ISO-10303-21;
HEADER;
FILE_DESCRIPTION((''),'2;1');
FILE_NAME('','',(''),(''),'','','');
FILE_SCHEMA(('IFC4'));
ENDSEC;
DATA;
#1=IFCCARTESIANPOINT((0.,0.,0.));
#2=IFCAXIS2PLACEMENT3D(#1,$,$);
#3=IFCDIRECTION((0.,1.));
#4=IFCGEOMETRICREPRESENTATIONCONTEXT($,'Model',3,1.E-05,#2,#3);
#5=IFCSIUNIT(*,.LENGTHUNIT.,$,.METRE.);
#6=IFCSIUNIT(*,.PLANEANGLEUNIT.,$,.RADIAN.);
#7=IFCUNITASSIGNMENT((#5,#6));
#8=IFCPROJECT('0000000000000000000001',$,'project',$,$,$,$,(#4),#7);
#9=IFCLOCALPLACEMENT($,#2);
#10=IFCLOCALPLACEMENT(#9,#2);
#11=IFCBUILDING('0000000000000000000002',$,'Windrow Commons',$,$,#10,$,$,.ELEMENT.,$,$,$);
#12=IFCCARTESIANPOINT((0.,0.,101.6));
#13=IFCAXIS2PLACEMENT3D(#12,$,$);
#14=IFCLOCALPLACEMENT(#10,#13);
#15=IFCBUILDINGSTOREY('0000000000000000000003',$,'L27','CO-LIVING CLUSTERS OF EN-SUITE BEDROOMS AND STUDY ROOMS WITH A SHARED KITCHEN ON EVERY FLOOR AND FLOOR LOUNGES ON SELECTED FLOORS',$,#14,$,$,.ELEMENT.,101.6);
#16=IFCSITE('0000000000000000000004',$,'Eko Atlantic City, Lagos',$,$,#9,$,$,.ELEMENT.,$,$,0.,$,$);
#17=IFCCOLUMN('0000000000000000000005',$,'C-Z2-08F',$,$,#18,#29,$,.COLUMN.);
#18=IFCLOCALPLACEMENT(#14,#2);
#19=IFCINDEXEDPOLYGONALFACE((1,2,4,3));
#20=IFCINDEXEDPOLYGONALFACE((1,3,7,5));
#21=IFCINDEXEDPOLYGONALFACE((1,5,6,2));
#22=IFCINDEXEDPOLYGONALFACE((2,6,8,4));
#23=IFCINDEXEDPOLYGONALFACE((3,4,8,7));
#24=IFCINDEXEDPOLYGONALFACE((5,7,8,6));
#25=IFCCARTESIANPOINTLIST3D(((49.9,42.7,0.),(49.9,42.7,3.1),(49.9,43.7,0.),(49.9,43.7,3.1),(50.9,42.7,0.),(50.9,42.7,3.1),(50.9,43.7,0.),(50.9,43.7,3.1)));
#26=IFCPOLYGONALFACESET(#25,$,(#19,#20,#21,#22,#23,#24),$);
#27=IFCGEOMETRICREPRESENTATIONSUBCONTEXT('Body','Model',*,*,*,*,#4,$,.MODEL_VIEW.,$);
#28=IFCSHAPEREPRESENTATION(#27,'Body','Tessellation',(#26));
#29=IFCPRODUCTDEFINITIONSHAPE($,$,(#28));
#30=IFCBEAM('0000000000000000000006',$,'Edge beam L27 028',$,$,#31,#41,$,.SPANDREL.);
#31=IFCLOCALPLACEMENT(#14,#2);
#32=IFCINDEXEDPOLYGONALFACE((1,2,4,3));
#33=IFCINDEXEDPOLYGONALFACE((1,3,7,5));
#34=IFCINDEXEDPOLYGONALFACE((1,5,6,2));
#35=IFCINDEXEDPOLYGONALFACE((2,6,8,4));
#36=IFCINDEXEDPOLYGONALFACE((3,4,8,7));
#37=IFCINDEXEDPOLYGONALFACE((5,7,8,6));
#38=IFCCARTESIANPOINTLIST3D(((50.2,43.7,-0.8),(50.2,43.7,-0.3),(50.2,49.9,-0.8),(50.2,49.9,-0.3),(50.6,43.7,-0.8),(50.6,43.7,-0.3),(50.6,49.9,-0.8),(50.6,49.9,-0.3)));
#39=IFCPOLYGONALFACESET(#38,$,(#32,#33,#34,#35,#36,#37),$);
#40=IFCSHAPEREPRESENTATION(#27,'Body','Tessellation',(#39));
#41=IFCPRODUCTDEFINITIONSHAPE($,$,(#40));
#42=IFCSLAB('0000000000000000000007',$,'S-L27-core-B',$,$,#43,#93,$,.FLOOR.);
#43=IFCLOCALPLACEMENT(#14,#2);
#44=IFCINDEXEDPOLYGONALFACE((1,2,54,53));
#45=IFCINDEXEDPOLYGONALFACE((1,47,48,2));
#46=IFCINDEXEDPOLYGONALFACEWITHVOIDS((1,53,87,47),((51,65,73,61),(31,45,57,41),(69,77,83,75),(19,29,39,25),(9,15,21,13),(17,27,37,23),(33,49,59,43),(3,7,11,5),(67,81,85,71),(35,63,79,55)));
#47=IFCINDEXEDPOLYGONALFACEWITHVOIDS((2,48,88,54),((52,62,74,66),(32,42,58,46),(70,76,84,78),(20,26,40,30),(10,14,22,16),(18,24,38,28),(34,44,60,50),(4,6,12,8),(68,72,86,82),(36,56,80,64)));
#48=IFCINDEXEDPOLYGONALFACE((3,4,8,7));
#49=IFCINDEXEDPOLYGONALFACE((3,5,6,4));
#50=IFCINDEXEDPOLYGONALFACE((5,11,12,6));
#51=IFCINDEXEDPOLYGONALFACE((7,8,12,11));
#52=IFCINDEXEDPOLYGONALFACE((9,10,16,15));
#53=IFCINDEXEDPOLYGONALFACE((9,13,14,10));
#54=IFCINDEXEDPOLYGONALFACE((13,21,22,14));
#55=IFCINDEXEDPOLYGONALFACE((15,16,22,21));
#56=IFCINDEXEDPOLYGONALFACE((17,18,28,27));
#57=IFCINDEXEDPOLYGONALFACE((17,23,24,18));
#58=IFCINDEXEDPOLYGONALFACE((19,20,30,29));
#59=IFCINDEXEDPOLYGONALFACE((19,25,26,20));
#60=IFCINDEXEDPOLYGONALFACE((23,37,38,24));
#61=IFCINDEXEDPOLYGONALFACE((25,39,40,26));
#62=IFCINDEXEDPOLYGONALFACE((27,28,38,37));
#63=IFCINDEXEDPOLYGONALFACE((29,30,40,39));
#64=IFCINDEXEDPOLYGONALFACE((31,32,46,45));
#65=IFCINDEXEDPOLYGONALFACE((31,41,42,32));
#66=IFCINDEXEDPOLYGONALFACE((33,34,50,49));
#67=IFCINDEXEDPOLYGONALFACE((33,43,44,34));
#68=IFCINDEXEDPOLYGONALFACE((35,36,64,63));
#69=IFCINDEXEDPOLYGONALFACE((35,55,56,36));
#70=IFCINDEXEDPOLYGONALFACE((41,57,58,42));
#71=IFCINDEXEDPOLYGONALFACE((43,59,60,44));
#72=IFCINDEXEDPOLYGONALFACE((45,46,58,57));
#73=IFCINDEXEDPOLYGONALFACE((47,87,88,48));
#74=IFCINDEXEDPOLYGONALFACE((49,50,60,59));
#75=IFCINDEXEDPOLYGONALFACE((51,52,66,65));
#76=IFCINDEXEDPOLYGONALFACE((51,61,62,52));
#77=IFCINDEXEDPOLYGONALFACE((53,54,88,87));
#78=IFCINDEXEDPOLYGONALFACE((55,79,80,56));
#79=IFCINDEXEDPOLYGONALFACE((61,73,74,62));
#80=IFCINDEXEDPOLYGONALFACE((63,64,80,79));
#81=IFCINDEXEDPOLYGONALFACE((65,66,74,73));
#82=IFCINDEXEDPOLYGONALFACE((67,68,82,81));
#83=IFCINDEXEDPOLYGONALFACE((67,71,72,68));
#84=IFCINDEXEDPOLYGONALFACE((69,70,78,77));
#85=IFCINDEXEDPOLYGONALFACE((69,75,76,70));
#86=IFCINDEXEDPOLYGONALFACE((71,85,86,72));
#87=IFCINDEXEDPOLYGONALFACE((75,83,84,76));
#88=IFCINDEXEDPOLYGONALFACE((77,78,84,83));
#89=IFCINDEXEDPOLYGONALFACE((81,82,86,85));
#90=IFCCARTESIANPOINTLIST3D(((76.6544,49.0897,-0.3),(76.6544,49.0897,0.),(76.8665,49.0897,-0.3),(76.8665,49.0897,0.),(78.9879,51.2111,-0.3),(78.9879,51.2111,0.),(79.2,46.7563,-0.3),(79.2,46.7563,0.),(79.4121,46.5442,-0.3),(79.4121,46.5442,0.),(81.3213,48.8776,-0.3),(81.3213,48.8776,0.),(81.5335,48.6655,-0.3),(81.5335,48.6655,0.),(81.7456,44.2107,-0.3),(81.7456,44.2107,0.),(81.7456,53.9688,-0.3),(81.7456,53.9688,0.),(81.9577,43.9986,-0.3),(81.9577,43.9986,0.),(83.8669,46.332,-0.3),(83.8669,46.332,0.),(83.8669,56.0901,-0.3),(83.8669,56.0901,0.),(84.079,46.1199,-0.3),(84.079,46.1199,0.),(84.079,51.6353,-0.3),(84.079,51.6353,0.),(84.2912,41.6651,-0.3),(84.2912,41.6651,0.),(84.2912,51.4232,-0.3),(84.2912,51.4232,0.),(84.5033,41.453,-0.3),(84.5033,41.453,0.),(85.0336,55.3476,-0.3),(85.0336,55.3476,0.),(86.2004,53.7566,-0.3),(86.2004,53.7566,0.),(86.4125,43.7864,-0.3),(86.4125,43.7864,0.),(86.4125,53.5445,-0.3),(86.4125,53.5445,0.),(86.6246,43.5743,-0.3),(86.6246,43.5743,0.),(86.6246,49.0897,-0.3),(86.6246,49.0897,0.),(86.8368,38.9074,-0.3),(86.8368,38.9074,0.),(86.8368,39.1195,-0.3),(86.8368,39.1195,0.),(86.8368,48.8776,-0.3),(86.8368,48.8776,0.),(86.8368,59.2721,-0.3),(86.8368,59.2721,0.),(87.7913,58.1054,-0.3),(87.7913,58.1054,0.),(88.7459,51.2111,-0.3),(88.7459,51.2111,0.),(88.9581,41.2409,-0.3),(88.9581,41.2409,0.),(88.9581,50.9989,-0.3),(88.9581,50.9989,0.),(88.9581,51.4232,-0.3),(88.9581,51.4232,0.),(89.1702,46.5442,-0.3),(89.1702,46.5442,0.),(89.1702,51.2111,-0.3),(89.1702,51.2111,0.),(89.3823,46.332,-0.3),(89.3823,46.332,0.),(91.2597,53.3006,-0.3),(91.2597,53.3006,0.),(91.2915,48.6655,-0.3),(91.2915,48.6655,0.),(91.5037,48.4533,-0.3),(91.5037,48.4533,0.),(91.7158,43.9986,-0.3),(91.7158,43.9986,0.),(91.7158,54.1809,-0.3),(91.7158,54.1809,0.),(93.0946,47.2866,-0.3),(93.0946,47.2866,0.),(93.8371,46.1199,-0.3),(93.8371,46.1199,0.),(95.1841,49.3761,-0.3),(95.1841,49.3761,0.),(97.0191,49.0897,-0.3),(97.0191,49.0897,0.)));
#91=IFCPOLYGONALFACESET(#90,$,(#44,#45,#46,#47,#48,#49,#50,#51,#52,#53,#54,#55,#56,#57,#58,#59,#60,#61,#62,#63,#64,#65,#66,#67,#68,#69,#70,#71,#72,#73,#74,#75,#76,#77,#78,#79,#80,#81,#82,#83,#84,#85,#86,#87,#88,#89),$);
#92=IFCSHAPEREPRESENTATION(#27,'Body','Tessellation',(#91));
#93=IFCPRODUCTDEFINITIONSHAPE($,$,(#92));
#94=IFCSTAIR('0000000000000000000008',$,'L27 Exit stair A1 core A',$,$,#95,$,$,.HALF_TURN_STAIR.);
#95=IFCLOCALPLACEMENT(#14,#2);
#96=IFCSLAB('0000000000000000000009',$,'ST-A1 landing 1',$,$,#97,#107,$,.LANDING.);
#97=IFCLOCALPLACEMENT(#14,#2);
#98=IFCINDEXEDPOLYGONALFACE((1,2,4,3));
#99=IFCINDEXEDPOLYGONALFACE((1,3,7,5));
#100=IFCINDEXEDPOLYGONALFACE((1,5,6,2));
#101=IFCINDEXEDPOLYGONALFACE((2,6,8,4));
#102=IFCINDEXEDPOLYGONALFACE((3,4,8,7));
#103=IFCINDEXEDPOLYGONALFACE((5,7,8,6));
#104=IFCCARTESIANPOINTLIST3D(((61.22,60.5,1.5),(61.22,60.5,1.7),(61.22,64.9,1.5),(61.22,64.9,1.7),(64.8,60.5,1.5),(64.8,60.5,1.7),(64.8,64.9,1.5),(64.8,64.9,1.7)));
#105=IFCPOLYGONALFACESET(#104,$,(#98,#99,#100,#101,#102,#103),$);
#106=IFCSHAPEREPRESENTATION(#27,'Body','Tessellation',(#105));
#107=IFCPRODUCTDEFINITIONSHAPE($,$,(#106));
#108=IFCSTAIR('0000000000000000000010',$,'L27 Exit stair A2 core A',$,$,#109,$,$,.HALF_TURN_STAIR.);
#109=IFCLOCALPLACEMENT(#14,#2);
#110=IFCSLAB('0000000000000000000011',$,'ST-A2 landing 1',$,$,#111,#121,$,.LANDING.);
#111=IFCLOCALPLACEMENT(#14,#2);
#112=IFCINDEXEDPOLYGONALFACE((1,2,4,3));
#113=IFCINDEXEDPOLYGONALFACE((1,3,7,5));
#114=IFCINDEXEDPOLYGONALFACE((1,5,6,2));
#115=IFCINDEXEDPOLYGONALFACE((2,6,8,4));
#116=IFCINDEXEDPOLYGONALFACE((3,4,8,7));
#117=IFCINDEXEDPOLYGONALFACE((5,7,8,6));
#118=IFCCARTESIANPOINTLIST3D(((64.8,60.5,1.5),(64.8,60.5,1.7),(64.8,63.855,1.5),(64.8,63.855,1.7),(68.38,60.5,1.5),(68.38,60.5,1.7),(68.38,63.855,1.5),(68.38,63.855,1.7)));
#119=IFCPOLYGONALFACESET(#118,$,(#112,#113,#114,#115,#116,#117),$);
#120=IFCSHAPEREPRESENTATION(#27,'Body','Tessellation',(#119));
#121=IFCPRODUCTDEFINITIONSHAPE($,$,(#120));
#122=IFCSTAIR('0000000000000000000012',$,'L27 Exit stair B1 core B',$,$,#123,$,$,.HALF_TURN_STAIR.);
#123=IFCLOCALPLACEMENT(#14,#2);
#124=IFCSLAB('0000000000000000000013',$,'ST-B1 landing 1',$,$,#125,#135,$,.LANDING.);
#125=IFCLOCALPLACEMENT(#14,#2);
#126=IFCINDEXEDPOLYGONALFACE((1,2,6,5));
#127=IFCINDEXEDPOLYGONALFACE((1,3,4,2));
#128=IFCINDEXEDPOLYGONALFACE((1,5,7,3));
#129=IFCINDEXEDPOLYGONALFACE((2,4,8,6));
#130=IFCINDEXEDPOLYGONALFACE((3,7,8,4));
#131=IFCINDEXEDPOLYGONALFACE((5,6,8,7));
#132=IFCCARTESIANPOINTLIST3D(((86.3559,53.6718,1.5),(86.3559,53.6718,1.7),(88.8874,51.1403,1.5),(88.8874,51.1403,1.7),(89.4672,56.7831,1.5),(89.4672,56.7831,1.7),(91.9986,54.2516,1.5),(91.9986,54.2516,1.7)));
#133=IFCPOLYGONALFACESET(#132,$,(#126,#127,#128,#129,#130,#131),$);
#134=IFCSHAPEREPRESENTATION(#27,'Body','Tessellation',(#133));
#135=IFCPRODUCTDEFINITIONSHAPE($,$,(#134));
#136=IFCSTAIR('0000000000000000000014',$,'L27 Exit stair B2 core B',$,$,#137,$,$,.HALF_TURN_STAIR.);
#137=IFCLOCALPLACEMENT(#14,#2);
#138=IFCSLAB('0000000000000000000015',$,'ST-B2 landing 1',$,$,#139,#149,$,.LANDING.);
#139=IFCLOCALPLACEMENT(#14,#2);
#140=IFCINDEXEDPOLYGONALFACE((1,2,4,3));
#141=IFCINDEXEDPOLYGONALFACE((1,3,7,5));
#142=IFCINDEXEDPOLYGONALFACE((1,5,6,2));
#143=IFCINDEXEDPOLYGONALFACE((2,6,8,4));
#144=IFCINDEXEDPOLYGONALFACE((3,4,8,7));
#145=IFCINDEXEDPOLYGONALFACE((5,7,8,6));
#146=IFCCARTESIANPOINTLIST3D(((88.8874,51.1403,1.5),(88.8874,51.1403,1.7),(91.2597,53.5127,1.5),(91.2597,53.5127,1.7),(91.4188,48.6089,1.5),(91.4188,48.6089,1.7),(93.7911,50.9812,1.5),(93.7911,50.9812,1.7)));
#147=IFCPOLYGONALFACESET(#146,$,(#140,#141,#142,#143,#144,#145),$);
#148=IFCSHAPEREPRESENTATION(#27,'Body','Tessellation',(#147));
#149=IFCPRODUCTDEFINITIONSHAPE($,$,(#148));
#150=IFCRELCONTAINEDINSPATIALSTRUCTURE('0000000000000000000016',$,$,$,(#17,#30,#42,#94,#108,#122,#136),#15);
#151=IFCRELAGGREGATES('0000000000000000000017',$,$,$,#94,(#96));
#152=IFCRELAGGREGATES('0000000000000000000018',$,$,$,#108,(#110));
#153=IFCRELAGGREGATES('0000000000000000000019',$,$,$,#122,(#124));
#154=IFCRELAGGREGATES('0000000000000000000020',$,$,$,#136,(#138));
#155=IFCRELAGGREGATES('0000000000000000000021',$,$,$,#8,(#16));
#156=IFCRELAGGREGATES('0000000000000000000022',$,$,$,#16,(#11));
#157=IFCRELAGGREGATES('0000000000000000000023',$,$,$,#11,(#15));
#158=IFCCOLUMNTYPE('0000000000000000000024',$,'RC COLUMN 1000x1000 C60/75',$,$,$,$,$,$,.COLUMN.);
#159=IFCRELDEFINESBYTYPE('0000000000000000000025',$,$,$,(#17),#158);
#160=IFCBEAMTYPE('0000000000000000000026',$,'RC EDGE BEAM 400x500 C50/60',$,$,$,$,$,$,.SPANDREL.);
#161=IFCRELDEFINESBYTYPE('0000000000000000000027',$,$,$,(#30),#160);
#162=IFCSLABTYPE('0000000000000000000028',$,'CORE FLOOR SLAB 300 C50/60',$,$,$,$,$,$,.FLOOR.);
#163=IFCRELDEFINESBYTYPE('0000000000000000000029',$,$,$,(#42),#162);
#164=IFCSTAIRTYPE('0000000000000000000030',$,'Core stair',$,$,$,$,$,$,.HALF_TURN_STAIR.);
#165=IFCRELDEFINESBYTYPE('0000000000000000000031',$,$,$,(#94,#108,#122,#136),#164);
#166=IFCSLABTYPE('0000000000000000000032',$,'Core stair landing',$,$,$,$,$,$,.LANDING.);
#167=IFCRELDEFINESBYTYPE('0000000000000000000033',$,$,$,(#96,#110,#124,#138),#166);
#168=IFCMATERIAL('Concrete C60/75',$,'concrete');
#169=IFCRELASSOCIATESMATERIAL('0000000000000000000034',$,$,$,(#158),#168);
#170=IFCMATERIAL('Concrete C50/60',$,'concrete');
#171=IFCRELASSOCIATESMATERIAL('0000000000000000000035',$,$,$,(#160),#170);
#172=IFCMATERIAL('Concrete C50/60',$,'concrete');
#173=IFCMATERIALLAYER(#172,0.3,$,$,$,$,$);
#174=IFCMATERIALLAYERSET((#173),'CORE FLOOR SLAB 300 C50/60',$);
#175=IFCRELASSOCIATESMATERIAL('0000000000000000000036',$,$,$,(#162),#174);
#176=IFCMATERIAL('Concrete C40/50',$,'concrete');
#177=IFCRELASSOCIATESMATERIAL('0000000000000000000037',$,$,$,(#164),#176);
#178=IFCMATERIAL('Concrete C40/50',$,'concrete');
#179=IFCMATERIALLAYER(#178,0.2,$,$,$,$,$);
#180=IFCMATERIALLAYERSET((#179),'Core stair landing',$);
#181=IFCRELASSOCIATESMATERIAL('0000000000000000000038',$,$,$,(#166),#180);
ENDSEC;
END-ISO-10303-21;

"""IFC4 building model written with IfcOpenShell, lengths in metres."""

from ifc_helpers import new_model, si_unit, direction, frame, origin, origin_2d, place, context, subcontext, project, spatial, polyline, rectangle, outline, extrude, material, layer, layer_set, material_profile, profile_set, type_object, element, aggregate, save


model = new_model("IFC4")

# Units and contexts
model_context = context("Model", 3, precision=1e-05, world=origin(), true_north=direction((0.0, 1.0)))
body_context = subcontext(model_context, "Body", "Model", "MODEL_VIEW")
ifc_project = project(units=[si_unit("LENGTHUNIT", "METRE"), si_unit("PLANEANGLEUNIT", "RADIAN")], contexts=[model_context])

# Site, building, storey
site_placement = place(None, origin())
site = spatial("IfcSite", under=ifc_project, at=site_placement, Name="Eko Atlantic City, Lagos", CompositionType="ELEMENT", RefElevation=0.0)
building_placement = place(site_placement, origin())
building = spatial("IfcBuilding", under=site, at=building_placement, Name="Windrow Commons", CompositionType="ELEMENT")
storey_placement = place(building_placement, frame((0.0, 0.0, 101.6)))
storey = spatial("IfcBuildingStorey", under=building, at=storey_placement, Name="L27", Description="CO-LIVING CLUSTERS OF EN-SUITE BEDROOMS AND STUDY ROOMS WITH A SHARED KITCHEN ON EVERY FLOOR AND FLOOR LOUNGES ON SELECTED FLOORS", CompositionType="ELEMENT", Elevation=101.6)

# Column
ifc_material_1 = material(Name="Concrete C60/75", Category="concrete")
ifc_material_profile_1 = material_profile(ifc_material_1, rectangle(XDim=1.0, YDim=1.0, at=origin_2d()))
ifc_profile_set_1 = profile_set([ifc_material_profile_1], Name="Concrete C60/75")
column_type = type_object("IfcColumnType", Name="RC COLUMN 1000x1000 C60/75", PredefinedType="COLUMN", material=ifc_profile_set_1)
column_placement = place(storey_placement, frame((50.4, 43.2, 0.0), z_axis=(0.0, 0.0, 1.0), x_axis=(1.0, 0.0, 0.0)))
element("IfcColumn", 1, at=column_placement, inside=storey, type_object=column_type, Name="C-Z2-08F", PredefinedType="COLUMN", context=body_context, shape_type="SweptSolid", body=[
    extrude(rectangle(XDim=1.0, YDim=1.0, at=origin_2d()), origin(), (0.0, 0.0, 1.0), 3.1),
])

# Beam
ifc_material_2 = material(Name="Concrete C50/60", Category="concrete")
ifc_material_profile_2 = material_profile(ifc_material_2, rectangle(XDim=0.4, YDim=0.5, at=origin_2d()))
ifc_profile_set_2 = profile_set([ifc_material_profile_2], Name="Concrete C50/60")
beam_type = type_object("IfcBeamType", Name="RC EDGE BEAM 400x500 C50/60", PredefinedType="SPANDREL", material=ifc_profile_set_2)
beam_placement = place(storey_placement, frame((50.4, 43.7, -0.55), z_axis=(0.0, 1.0, 0.0), x_axis=(-1.0, 0.0, 0.0)))
element("IfcBeam", 2, at=beam_placement, inside=storey, type_object=beam_type, Name="Edge beam L27 028", PredefinedType="SPANDREL", context=body_context, shape_type="SweptSolid", body=[
    extrude(rectangle(XDim=0.4, YDim=0.5, at=origin_2d()), origin(), (0.0, 0.0, 1.0), 6.2),
])

# Slab, openings
ifc_material_3 = material(Name="Concrete C50/60", Category="concrete")
ifc_layer_1 = layer(ifc_material_3, 0.3)
ifc_layer_set_1 = layer_set([ifc_layer_1], Name="CORE FLOOR SLAB 300 C50/60")
slab_type_1 = type_object("IfcSlabType", Name="CORE FLOOR SLAB 300 C50/60", PredefinedType="FLOOR", material=ifc_layer_set_1)
placement_1 = place(storey_placement, frame((0.0, 0.0, -0.3)))
slab_1 = element("IfcSlab", 3, at=placement_1, inside=storey, type_object=slab_type_1, Name="S-L27-core-B", PredefinedType="FLOOR", context=body_context, shape_type="SweptSolid", body=[
    extrude(outline(polyline([(76.6544, 49.0897), (86.8368, 38.9074), (97.0191, 49.0897), (86.8368, 59.2721), (76.6544, 49.0897)]), holes=[polyline([(76.8665, 49.0897), (79.2, 46.7563), (81.3213, 48.8776), (78.9879, 51.2111), (76.8665, 49.0897)]), polyline([(79.4121, 46.5442), (81.7456, 44.2107), (83.8669, 46.332), (81.5335, 48.6655), (79.4121, 46.5442)]), polyline([(81.9577, 43.9986), (84.2912, 41.6651), (86.4125, 43.7864), (84.079, 46.1199), (81.9577, 43.9986)]), polyline([(84.5033, 41.453), (86.8368, 39.1195), (88.9581, 41.2409), (86.6246, 43.5743), (84.5033, 41.453)]), polyline([(81.7456, 53.9688), (84.079, 51.6353), (86.2004, 53.7566), (83.8669, 56.0901), (81.7456, 53.9688)]), polyline([(84.2912, 51.4232), (86.6246, 49.0897), (88.7459, 51.2111), (86.4125, 53.5445), (84.2912, 51.4232)]), polyline([(86.8368, 48.8776), (89.1702, 46.5442), (91.2915, 48.6655), (88.9581, 50.9989), (86.8368, 48.8776)]), polyline([(89.3823, 46.332), (91.7158, 43.9986), (93.8371, 46.1199), (91.5037, 48.4533), (89.3823, 46.332)]), polyline([(85.0336, 55.3476), (88.9581, 51.4232), (91.7158, 54.1809), (87.7913, 58.1054), (85.0336, 55.3476)]), polyline([(89.1702, 51.2111), (93.0946, 47.2866), (95.1841, 49.3761), (91.2597, 53.3006), (89.1702, 51.2111)])]), origin(), (0.0, 0.0, 1.0), 0.3),
])
opening_1_placement = place(placement_1, origin())
element("IfcOpeningElement", 4, at=opening_1_placement, cuts=slab_1, PredefinedType="OPENING", context=body_context, shape_type="SweptSolid", body=[
    extrude(outline(polyline([(76.8736, 49.0897), (78.9879, 51.204), (81.3142, 48.8776), (79.2, 46.7634), (76.8736, 49.0897)])), origin(), (0.0, 0.0, 1.0), 0.3),
])
opening_2_placement = place(placement_1, origin())
element("IfcOpeningElement", 5, at=opening_2_placement, cuts=slab_1, PredefinedType="OPENING", context=body_context, shape_type="SweptSolid", body=[
    extrude(outline(polyline([(79.4192, 46.5442), (81.5335, 48.6584), (83.8598, 46.332), (81.7456, 44.2178), (79.4192, 46.5442)])), origin(), (0.0, 0.0, 1.0), 0.3),
])
opening_3_placement = place(placement_1, origin())
element("IfcOpeningElement", 6, at=opening_3_placement, cuts=slab_1, PredefinedType="OPENING", context=body_context, shape_type="SweptSolid", body=[
    extrude(outline(polyline([(81.9648, 43.9986), (84.079, 46.1128), (86.4054, 43.7864), (84.2912, 41.6722), (81.9648, 43.9986)])), origin(), (0.0, 0.0, 1.0), 0.3),
])
opening_4_placement = place(placement_1, origin())
element("IfcOpeningElement", 7, at=opening_4_placement, cuts=slab_1, PredefinedType="OPENING", context=body_context, shape_type="SweptSolid", body=[
    extrude(outline(polyline([(84.5104, 41.453), (86.6246, 43.5672), (88.951, 41.2409), (86.8368, 39.1266), (84.5104, 41.453)])), origin(), (0.0, 0.0, 1.0), 0.3),
])
opening_5_placement = place(placement_1, origin())
element("IfcOpeningElement", 8, at=opening_5_placement, cuts=slab_1, PredefinedType="OPENING", context=body_context, shape_type="SweptSolid", body=[
    extrude(outline(polyline([(81.7527, 53.9688), (83.8669, 56.083), (86.1933, 53.7566), (84.079, 51.6424), (81.7527, 53.9688)])), origin(), (0.0, 0.0, 1.0), 0.3),
])
opening_6_placement = place(placement_1, origin())
element("IfcOpeningElement", 9, at=opening_6_placement, cuts=slab_1, PredefinedType="OPENING", context=body_context, shape_type="SweptSolid", body=[
    extrude(outline(polyline([(84.2983, 51.4232), (86.4125, 53.5374), (88.7388, 51.2111), (86.6246, 49.0968), (84.2983, 51.4232)])), origin(), (0.0, 0.0, 1.0), 0.3),
])
opening_7_placement = place(placement_1, origin())
element("IfcOpeningElement", 10, at=opening_7_placement, cuts=slab_1, PredefinedType="OPENING", context=body_context, shape_type="SweptSolid", body=[
    extrude(outline(polyline([(86.8439, 48.8776), (88.9581, 50.9918), (91.2844, 48.6655), (89.1702, 46.5513), (86.8439, 48.8776)])), origin(), (0.0, 0.0, 1.0), 0.3),
])
opening_8_placement = place(placement_1, origin())
element("IfcOpeningElement", 11, at=opening_8_placement, cuts=slab_1, PredefinedType="OPENING", context=body_context, shape_type="SweptSolid", body=[
    extrude(outline(polyline([(89.3894, 46.332), (91.5037, 48.4462), (93.83, 46.1199), (91.7158, 44.0057), (89.3894, 46.332)])), origin(), (0.0, 0.0, 1.0), 0.3),
])
opening_9_placement = place(placement_1, origin())
element("IfcOpeningElement", 12, at=opening_9_placement, cuts=slab_1, PredefinedType="OPENING", context=body_context, shape_type="SweptSolid", body=[
    extrude(outline(polyline([(85.0407, 55.3476), (87.7913, 58.0983), (91.7087, 54.1809), (88.9581, 51.4303), (85.0407, 55.3476)])), origin(), (0.0, 0.0, 1.0), 0.3),
])
opening_10_placement = place(placement_1, origin())
element("IfcOpeningElement", 13, at=opening_10_placement, cuts=slab_1, PredefinedType="OPENING", context=body_context, shape_type="SweptSolid", body=[
    extrude(outline(polyline([(89.1773, 51.2111), (91.2597, 53.2935), (95.177, 49.3761), (93.0946, 47.2937), (89.1773, 51.2111)])), origin(), (0.0, 0.0, 1.0), 0.3),
])

# Stairs, slabs
ifc_material_4 = material(Name="Concrete C40/50", Category="concrete")
stair_type = type_object("IfcStairType", Name="Core stair", PredefinedType="HALF_TURN_STAIR", material=ifc_material_4)
placement_2 = place(storey_placement, origin())
stair_1 = element("IfcStair", 14, at=placement_2, inside=storey, type_object=stair_type, Name="L27 Exit stair A1 core A", PredefinedType="HALF_TURN_STAIR")
ifc_material_5 = material(Name="Concrete C40/50", Category="concrete")
ifc_layer_2 = layer(ifc_material_5, 0.2)
ifc_layer_set_2 = layer_set([ifc_layer_2], Name="Core stair landing")
slab_type_2 = type_object("IfcSlabType", Name="Core stair landing", PredefinedType="LANDING", material=ifc_layer_set_2)
placement_3 = place(storey_placement, frame((0.0, 0.0, 1.5)))
slab_2 = element("IfcSlab", 15, at=placement_3, type_object=slab_type_2, Name="ST-A1 landing 1", PredefinedType="LANDING", context=body_context, shape_type="SweptSolid", body=[
    extrude(outline(polyline([(61.22, 60.5), (64.8, 60.5), (64.8, 64.9), (61.22, 64.9), (61.22, 60.5)])), origin(), (0.0, 0.0, 1.0), 0.2),
])
aggregate(stair_1, [slab_2])
stair_2 = element("IfcStair", 16, at=placement_2, inside=storey, type_object=stair_type, Name="L27 Exit stair A2 core A", PredefinedType="HALF_TURN_STAIR")
slab_3 = element("IfcSlab", 17, at=placement_3, type_object=slab_type_2, Name="ST-A2 landing 1", PredefinedType="LANDING", context=body_context, shape_type="SweptSolid", body=[
    extrude(outline(polyline([(64.8, 60.5), (68.38, 60.5), (68.38, 63.855), (64.8, 63.855), (64.8, 60.5)])), origin(), (0.0, 0.0, 1.0), 0.2),
])
aggregate(stair_2, [slab_3])
stair_3 = element("IfcStair", 18, at=placement_2, inside=storey, type_object=stair_type, Name="L27 Exit stair B1 core B", PredefinedType="HALF_TURN_STAIR")
slab_4 = element("IfcSlab", 19, at=placement_3, type_object=slab_type_2, Name="ST-B1 landing 1", PredefinedType="LANDING", context=body_context, shape_type="SweptSolid", body=[
    extrude(outline(polyline([(86.3559, 53.6718), (88.8874, 51.1403), (91.9986, 54.2516), (89.4672, 56.7831), (86.3559, 53.6718)])), origin(), (0.0, 0.0, 1.0), 0.2),
])
aggregate(stair_3, [slab_4])
stair_4 = element("IfcStair", 20, at=placement_2, inside=storey, type_object=stair_type, Name="L27 Exit stair B2 core B", PredefinedType="HALF_TURN_STAIR")
slab_5 = element("IfcSlab", 21, at=placement_3, type_object=slab_type_2, Name="ST-B2 landing 1", PredefinedType="LANDING", context=body_context, shape_type="SweptSolid", body=[
    extrude(outline(polyline([(88.8874, 51.1403), (91.4188, 48.6089), (93.7911, 50.9812), (91.2597, 53.5127), (88.8874, 51.1403)])), origin(), (0.0, 0.0, 1.0), 0.2),
])
aggregate(stair_4, [slab_5])

save(model, "model.ifc")
